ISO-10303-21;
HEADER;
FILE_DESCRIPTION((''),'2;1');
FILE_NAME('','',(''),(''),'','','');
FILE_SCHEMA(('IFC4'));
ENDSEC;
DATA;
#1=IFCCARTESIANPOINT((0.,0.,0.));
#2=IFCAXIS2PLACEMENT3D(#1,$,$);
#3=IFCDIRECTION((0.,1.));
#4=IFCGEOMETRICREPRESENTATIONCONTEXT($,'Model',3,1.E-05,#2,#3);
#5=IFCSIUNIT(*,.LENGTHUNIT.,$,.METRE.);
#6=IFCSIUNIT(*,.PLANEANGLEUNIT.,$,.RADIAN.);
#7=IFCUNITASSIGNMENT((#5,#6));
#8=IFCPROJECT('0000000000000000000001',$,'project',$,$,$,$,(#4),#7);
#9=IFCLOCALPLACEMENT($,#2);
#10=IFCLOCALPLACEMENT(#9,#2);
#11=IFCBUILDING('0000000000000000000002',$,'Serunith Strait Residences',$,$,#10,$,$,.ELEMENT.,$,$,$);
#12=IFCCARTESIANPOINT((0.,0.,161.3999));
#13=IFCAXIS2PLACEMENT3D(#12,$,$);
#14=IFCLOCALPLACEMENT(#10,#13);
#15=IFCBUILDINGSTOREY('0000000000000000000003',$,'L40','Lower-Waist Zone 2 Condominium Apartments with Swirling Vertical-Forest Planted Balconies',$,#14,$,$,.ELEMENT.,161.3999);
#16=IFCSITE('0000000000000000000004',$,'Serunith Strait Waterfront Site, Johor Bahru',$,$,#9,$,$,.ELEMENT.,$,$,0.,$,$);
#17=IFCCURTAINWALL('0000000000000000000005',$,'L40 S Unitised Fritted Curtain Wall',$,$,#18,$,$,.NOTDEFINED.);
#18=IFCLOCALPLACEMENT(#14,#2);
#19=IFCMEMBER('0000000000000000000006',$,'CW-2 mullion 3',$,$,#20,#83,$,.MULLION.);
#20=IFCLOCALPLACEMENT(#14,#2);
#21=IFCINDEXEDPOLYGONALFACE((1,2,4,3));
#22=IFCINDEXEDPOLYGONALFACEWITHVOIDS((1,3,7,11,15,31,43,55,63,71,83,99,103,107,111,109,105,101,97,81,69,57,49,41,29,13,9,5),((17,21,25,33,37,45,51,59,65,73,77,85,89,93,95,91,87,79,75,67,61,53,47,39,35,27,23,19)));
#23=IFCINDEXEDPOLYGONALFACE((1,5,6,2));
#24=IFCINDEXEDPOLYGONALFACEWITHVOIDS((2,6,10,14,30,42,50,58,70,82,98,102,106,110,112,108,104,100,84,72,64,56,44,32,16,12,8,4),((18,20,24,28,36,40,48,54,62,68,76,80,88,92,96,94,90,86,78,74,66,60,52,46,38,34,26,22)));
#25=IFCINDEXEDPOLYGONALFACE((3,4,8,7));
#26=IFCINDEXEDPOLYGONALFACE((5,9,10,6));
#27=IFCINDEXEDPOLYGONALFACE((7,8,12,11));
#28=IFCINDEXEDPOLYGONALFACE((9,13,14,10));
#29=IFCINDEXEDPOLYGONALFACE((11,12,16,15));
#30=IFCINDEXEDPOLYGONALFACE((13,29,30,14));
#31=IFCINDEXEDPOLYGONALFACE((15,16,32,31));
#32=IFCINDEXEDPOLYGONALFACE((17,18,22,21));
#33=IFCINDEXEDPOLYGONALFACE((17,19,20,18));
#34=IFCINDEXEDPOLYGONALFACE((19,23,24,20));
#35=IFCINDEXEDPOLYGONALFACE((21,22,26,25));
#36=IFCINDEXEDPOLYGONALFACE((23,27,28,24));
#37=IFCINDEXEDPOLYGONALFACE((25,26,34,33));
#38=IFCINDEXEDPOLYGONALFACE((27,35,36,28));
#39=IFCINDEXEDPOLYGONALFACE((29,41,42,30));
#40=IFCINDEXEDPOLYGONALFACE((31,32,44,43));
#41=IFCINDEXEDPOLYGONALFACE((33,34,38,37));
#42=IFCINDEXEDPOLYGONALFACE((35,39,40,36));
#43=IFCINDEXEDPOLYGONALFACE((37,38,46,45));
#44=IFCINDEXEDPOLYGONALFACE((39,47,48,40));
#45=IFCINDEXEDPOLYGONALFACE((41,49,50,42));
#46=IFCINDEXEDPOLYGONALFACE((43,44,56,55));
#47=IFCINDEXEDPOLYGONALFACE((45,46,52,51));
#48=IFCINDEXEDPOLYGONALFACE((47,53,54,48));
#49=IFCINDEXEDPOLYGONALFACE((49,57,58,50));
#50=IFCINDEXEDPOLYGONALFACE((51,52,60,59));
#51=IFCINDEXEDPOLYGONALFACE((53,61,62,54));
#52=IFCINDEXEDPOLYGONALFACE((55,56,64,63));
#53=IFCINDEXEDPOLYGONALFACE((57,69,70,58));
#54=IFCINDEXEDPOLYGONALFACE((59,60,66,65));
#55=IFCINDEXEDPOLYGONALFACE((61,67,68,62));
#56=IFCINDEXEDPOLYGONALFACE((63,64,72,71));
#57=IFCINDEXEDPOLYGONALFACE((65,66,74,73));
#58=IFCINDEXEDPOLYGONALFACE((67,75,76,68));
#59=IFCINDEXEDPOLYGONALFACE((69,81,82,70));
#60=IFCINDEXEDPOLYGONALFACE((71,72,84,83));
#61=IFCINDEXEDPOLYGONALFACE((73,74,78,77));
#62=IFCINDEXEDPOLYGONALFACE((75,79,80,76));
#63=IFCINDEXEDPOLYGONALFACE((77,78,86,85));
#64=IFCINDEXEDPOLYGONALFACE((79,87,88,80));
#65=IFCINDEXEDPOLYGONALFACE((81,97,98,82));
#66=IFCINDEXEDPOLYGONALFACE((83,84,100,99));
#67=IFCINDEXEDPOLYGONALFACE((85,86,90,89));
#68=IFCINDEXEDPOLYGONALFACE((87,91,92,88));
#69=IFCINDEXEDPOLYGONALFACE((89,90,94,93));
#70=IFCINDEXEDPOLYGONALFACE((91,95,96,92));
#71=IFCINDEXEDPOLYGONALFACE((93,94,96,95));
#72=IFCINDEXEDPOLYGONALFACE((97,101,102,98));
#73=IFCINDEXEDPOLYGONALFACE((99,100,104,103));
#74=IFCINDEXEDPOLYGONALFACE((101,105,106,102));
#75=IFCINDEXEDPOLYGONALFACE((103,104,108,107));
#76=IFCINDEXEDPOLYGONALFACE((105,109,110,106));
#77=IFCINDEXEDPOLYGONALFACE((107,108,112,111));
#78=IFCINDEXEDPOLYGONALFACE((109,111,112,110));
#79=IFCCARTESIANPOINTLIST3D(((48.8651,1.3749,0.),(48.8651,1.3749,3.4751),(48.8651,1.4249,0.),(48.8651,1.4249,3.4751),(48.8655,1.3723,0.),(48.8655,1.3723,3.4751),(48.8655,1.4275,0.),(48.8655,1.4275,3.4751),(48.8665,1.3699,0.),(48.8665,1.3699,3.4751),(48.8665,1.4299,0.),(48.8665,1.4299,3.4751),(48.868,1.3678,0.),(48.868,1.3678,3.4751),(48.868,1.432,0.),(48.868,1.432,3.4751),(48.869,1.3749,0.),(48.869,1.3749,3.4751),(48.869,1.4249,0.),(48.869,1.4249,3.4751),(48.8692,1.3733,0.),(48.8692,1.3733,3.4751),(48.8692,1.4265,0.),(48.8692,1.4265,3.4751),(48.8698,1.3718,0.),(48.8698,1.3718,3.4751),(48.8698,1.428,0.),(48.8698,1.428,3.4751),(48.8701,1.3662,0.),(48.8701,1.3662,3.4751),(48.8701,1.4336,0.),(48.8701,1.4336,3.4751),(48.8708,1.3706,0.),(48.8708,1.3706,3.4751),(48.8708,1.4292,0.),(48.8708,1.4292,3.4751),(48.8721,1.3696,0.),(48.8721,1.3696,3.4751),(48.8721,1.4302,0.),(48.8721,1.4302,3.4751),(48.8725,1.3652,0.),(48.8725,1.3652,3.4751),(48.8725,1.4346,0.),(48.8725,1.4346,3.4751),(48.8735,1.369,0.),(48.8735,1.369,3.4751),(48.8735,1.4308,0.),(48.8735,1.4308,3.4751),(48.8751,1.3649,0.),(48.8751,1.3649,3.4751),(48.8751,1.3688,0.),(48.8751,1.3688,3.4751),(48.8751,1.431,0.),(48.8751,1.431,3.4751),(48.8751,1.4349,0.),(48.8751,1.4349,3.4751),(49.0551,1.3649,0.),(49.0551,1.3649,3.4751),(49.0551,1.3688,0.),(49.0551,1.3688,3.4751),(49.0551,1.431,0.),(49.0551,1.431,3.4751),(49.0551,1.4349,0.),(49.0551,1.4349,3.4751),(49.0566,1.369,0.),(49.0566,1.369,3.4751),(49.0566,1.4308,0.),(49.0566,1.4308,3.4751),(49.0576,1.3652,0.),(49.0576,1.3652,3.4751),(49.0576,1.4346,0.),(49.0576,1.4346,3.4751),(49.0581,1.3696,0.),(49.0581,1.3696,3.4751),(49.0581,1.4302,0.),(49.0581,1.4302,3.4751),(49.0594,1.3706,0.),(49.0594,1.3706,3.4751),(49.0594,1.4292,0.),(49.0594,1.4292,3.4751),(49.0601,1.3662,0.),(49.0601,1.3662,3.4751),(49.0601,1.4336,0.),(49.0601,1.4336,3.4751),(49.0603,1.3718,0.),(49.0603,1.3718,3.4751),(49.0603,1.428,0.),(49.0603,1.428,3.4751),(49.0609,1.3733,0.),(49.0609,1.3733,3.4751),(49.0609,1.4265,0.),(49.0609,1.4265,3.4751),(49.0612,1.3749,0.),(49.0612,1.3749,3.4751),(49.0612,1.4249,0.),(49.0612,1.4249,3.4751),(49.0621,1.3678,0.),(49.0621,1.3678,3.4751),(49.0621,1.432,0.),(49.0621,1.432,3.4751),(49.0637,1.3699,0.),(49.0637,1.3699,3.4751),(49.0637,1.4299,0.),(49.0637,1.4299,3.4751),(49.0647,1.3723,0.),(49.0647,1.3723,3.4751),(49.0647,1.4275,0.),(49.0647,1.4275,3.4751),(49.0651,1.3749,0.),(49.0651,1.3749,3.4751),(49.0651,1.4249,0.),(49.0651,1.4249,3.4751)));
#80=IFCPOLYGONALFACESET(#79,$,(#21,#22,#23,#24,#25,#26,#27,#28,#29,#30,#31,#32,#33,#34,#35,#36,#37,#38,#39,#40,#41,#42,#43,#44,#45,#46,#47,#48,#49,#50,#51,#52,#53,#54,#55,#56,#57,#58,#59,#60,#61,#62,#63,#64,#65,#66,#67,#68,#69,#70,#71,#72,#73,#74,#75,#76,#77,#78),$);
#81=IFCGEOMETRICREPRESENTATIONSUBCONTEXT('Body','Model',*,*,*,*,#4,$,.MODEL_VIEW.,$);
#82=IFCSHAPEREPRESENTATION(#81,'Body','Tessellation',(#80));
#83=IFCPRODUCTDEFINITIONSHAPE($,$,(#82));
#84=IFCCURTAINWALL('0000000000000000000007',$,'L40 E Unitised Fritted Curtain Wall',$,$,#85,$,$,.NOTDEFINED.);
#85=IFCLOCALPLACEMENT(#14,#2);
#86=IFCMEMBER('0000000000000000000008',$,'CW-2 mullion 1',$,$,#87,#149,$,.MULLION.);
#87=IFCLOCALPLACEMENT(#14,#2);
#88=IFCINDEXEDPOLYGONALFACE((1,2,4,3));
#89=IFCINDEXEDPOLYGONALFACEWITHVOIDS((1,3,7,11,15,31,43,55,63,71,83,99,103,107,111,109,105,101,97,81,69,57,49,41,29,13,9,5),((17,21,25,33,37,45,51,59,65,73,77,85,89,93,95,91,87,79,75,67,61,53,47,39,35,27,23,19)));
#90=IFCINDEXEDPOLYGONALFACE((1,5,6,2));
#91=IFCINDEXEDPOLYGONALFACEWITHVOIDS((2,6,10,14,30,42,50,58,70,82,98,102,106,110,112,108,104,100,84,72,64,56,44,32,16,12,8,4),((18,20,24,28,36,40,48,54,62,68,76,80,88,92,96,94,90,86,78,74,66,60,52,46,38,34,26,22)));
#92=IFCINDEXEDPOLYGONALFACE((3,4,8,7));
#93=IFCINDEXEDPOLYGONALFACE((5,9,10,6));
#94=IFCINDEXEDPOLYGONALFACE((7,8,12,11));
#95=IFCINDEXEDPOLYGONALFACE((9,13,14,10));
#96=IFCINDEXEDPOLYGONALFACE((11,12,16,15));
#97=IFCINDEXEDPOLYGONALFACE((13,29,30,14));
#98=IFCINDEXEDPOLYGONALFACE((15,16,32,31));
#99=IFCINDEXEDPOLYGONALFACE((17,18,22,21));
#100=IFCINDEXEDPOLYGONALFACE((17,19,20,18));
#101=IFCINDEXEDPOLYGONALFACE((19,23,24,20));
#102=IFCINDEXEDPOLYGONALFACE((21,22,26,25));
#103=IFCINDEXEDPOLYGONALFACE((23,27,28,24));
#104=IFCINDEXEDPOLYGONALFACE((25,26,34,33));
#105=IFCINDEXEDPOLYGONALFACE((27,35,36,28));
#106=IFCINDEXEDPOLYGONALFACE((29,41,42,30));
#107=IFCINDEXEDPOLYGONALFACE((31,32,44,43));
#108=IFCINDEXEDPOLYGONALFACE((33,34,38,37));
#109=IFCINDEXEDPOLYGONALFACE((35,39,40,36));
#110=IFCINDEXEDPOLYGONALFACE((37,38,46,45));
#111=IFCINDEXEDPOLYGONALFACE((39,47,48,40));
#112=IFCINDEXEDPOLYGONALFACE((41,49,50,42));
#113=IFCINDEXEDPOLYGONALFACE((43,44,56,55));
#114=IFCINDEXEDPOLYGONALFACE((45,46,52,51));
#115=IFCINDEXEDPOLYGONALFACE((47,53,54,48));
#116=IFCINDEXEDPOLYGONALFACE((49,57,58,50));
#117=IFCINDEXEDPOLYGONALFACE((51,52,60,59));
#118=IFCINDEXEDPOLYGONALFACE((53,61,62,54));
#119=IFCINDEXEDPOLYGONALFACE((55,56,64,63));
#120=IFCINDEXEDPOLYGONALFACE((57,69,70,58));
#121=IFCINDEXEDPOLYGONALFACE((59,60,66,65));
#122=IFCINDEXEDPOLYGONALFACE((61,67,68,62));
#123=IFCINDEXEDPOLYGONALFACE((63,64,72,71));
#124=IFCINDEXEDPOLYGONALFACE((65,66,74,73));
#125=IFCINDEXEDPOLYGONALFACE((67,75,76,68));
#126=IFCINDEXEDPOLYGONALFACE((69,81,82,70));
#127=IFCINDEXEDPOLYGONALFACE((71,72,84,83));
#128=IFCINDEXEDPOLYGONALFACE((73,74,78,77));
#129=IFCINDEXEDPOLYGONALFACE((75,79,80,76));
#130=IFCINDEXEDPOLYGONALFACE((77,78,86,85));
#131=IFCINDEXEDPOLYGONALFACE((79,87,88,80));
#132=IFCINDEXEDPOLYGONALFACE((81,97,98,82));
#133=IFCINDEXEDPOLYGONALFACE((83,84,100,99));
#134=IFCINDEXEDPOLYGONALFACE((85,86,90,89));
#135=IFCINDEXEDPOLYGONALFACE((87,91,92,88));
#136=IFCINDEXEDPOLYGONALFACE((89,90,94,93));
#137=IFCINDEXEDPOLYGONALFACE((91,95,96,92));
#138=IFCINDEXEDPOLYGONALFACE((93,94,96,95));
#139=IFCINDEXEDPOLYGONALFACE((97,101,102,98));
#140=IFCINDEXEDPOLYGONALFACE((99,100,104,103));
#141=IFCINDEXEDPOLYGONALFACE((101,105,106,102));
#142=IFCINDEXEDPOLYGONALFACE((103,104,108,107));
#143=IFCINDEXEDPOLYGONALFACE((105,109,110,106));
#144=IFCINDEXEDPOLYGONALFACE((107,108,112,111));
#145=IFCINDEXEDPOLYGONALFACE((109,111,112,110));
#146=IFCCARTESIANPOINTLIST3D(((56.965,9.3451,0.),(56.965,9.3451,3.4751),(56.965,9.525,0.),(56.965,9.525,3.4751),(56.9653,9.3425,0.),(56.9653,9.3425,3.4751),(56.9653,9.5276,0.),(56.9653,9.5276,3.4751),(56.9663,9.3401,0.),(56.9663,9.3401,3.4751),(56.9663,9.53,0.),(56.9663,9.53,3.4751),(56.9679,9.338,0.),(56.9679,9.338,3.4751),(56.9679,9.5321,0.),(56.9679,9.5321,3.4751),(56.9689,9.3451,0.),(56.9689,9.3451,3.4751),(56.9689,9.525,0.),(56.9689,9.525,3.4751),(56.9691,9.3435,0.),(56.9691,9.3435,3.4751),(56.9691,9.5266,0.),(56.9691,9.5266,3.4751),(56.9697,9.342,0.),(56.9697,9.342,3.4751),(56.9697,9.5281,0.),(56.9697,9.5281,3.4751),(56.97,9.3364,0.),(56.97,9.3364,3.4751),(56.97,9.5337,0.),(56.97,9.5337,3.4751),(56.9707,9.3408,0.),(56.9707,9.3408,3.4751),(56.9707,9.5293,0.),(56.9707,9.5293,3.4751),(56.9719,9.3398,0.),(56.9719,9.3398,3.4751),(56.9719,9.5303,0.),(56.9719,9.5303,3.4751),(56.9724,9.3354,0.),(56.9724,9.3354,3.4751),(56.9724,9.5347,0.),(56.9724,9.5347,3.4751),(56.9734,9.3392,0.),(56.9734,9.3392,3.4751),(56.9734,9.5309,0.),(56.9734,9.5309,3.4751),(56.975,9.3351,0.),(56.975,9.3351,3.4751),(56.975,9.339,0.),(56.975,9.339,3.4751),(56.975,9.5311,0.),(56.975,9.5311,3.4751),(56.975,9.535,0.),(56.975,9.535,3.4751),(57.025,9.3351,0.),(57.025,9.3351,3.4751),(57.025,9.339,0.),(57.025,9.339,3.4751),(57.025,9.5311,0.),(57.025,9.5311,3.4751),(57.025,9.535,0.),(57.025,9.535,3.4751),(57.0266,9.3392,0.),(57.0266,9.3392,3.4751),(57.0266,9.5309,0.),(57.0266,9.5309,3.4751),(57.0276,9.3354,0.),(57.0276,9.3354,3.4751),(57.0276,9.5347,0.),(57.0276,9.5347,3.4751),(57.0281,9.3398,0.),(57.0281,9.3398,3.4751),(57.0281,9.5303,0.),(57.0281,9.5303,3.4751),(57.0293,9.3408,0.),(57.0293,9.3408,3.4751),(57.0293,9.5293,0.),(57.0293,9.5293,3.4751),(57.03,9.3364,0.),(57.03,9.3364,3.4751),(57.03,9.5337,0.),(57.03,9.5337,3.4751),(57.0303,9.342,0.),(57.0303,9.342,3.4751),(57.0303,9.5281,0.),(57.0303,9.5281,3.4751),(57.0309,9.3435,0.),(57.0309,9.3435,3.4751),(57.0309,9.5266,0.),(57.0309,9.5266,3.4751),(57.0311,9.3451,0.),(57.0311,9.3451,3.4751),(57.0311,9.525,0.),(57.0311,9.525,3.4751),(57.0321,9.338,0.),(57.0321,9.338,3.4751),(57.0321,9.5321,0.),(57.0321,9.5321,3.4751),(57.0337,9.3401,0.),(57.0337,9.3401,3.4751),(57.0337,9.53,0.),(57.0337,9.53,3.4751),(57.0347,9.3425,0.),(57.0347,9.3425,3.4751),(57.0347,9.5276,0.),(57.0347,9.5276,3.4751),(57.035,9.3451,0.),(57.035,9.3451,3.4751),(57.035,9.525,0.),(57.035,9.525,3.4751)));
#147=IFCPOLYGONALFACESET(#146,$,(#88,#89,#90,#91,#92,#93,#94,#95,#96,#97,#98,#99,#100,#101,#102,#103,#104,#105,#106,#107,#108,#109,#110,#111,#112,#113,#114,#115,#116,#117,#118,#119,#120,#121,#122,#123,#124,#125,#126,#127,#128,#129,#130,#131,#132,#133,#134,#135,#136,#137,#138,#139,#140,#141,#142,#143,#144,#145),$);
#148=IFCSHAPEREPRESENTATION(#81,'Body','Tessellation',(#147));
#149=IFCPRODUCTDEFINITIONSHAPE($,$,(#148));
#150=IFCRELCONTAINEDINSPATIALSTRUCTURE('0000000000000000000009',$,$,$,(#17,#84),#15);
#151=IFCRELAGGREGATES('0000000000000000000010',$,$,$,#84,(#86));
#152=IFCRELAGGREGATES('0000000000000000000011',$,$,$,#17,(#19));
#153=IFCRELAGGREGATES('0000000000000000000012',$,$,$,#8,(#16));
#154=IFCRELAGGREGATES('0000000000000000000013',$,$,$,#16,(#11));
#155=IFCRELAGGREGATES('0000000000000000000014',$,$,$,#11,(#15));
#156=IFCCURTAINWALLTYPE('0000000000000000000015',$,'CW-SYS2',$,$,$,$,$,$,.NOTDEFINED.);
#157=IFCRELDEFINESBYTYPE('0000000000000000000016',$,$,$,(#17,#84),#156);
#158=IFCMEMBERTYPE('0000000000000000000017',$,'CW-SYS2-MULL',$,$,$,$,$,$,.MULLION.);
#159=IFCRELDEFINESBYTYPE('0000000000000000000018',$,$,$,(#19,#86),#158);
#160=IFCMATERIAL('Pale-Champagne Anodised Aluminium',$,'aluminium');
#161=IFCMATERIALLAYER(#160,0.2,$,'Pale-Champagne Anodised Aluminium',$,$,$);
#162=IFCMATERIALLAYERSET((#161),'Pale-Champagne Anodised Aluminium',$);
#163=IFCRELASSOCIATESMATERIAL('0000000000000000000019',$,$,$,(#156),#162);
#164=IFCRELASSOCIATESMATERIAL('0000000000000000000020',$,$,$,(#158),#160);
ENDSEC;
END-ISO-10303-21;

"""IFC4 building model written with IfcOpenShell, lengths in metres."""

from ifc_helpers import new_model, si_unit, direction, frame, origin, origin_2d, place, context, subcontext, project, spatial, hollow_rectangle, extrude, source, transform, mapped, material, layer, layer_set, material_profile, profile_set, type_object, element, aggregate, save


model = new_model("IFC4")

# Units and contexts
model_context = context("Model", 3, precision=1e-05, world=origin(), true_north=direction((0.0, 1.0)))
body_context = subcontext(model_context, "Body", "Model", "MODEL_VIEW")
ifc_project = project(units=[si_unit("LENGTHUNIT", "METRE"), si_unit("PLANEANGLEUNIT", "RADIAN")], contexts=[model_context])

# Site, building, storey
site_placement = place(None, origin())
site = spatial("IfcSite", under=ifc_project, at=site_placement, Name="Serunith Strait Waterfront Site, Johor Bahru", CompositionType="ELEMENT", RefElevation=0.0)
building_placement = place(site_placement, origin())
building = spatial("IfcBuilding", under=site, at=building_placement, Name="Serunith Strait Residences", CompositionType="ELEMENT")
storey_placement = place(building_placement, frame((0.0, 0.0, 161.3999)))
storey = spatial("IfcBuildingStorey", under=building, at=storey_placement, Name="L40", Description="Lower-Waist Zone 2 Condominium Apartments with Swirling Vertical-Forest Planted Balconies", CompositionType="ELEMENT", Elevation=161.3999)

# Curtain wall, member
ifc_material_1 = material(Name="Pale-Champagne Anodised Aluminium", Category="aluminium")
ifc_layer_1 = layer(ifc_material_1, 0.2, Name="Pale-Champagne Anodised Aluminium")
ifc_layer_set_1 = layer_set([ifc_layer_1], Name="Pale-Champagne Anodised Aluminium")
curtain_wall_type = type_object("IfcCurtainWallType", Name="CW-SYS2", PredefinedType="NOTDEFINED", material=ifc_layer_set_1)
curtain_wall_1_placement = place(storey_placement, origin())
curtain_wall_1 = element("IfcCurtainWall", 1, at=curtain_wall_1_placement, inside=storey, type_object=curtain_wall_type, Name="L40 S Unitised Fritted Curtain Wall", PredefinedType="NOTDEFINED")
ifc_material_profile_1 = material_profile(ifc_material_1, hollow_rectangle(XDim=0.0701, YDim=0.2, WallThickness=0.0039, InnerFilletRadius=0.0061, OuterFilletRadius=0.01, at=origin_2d()), Name="ALU 200x70x4")
ifc_profile_set_1 = profile_set([ifc_material_profile_1], Name="Pale-Champagne Anodised Aluminium")
member_type_1 = type_object("IfcMemberType", Name="CW-SYS2-MULL", PredefinedType="MULLION", material=ifc_profile_set_1)
shared_shape_1 = source(origin(), body_context, "Body", "SweptSolid", [
    extrude(hollow_rectangle(XDim=0.0701, YDim=0.2, WallThickness=0.0039, InnerFilletRadius=0.0061, OuterFilletRadius=0.01, at=origin_2d()), origin(), (0.0, 0.0, 1.0), 3.4751),
])
member_1_placement = place(storey_placement, frame((48.9651, 1.3999, 0.0), z_axis=(0.0, 0.0, 1.0), x_axis=(0.0, 1.0, 0.0)))
member_1 = element("IfcMember", 2, at=member_1_placement, type_object=member_type_1, Name="CW-2 mullion 3", PredefinedType="MULLION", context=body_context, shape_type="MappedRepresentation", body=[
    mapped(shared_shape_1, transform((0.0, 0.0, 0.0), scale=1.0)),
])

# Curtain wall, member
curtain_wall_2_placement = place(storey_placement, origin())
curtain_wall_2 = element("IfcCurtainWall", 3, at=curtain_wall_2_placement, inside=storey, type_object=curtain_wall_type, Name="L40 E Unitised Fritted Curtain Wall", PredefinedType="NOTDEFINED")
member_2_placement = place(storey_placement, frame((57.0, 9.4351, 0.0), z_axis=(0.0, 0.0, 1.0), x_axis=(-1.0, 0.0, 0.0)))
member_2 = element("IfcMember", 4, at=member_2_placement, type_object=member_type_1, Name="CW-2 mullion 1", PredefinedType="MULLION", context=body_context, shape_type="MappedRepresentation", body=[
    mapped(shared_shape_1, transform((0.0, 0.0, 0.0), scale=1.0)),
])
aggregate(curtain_wall_2, [member_2])

aggregate(curtain_wall_1, [member_1])

save(model, "model.ifc")
